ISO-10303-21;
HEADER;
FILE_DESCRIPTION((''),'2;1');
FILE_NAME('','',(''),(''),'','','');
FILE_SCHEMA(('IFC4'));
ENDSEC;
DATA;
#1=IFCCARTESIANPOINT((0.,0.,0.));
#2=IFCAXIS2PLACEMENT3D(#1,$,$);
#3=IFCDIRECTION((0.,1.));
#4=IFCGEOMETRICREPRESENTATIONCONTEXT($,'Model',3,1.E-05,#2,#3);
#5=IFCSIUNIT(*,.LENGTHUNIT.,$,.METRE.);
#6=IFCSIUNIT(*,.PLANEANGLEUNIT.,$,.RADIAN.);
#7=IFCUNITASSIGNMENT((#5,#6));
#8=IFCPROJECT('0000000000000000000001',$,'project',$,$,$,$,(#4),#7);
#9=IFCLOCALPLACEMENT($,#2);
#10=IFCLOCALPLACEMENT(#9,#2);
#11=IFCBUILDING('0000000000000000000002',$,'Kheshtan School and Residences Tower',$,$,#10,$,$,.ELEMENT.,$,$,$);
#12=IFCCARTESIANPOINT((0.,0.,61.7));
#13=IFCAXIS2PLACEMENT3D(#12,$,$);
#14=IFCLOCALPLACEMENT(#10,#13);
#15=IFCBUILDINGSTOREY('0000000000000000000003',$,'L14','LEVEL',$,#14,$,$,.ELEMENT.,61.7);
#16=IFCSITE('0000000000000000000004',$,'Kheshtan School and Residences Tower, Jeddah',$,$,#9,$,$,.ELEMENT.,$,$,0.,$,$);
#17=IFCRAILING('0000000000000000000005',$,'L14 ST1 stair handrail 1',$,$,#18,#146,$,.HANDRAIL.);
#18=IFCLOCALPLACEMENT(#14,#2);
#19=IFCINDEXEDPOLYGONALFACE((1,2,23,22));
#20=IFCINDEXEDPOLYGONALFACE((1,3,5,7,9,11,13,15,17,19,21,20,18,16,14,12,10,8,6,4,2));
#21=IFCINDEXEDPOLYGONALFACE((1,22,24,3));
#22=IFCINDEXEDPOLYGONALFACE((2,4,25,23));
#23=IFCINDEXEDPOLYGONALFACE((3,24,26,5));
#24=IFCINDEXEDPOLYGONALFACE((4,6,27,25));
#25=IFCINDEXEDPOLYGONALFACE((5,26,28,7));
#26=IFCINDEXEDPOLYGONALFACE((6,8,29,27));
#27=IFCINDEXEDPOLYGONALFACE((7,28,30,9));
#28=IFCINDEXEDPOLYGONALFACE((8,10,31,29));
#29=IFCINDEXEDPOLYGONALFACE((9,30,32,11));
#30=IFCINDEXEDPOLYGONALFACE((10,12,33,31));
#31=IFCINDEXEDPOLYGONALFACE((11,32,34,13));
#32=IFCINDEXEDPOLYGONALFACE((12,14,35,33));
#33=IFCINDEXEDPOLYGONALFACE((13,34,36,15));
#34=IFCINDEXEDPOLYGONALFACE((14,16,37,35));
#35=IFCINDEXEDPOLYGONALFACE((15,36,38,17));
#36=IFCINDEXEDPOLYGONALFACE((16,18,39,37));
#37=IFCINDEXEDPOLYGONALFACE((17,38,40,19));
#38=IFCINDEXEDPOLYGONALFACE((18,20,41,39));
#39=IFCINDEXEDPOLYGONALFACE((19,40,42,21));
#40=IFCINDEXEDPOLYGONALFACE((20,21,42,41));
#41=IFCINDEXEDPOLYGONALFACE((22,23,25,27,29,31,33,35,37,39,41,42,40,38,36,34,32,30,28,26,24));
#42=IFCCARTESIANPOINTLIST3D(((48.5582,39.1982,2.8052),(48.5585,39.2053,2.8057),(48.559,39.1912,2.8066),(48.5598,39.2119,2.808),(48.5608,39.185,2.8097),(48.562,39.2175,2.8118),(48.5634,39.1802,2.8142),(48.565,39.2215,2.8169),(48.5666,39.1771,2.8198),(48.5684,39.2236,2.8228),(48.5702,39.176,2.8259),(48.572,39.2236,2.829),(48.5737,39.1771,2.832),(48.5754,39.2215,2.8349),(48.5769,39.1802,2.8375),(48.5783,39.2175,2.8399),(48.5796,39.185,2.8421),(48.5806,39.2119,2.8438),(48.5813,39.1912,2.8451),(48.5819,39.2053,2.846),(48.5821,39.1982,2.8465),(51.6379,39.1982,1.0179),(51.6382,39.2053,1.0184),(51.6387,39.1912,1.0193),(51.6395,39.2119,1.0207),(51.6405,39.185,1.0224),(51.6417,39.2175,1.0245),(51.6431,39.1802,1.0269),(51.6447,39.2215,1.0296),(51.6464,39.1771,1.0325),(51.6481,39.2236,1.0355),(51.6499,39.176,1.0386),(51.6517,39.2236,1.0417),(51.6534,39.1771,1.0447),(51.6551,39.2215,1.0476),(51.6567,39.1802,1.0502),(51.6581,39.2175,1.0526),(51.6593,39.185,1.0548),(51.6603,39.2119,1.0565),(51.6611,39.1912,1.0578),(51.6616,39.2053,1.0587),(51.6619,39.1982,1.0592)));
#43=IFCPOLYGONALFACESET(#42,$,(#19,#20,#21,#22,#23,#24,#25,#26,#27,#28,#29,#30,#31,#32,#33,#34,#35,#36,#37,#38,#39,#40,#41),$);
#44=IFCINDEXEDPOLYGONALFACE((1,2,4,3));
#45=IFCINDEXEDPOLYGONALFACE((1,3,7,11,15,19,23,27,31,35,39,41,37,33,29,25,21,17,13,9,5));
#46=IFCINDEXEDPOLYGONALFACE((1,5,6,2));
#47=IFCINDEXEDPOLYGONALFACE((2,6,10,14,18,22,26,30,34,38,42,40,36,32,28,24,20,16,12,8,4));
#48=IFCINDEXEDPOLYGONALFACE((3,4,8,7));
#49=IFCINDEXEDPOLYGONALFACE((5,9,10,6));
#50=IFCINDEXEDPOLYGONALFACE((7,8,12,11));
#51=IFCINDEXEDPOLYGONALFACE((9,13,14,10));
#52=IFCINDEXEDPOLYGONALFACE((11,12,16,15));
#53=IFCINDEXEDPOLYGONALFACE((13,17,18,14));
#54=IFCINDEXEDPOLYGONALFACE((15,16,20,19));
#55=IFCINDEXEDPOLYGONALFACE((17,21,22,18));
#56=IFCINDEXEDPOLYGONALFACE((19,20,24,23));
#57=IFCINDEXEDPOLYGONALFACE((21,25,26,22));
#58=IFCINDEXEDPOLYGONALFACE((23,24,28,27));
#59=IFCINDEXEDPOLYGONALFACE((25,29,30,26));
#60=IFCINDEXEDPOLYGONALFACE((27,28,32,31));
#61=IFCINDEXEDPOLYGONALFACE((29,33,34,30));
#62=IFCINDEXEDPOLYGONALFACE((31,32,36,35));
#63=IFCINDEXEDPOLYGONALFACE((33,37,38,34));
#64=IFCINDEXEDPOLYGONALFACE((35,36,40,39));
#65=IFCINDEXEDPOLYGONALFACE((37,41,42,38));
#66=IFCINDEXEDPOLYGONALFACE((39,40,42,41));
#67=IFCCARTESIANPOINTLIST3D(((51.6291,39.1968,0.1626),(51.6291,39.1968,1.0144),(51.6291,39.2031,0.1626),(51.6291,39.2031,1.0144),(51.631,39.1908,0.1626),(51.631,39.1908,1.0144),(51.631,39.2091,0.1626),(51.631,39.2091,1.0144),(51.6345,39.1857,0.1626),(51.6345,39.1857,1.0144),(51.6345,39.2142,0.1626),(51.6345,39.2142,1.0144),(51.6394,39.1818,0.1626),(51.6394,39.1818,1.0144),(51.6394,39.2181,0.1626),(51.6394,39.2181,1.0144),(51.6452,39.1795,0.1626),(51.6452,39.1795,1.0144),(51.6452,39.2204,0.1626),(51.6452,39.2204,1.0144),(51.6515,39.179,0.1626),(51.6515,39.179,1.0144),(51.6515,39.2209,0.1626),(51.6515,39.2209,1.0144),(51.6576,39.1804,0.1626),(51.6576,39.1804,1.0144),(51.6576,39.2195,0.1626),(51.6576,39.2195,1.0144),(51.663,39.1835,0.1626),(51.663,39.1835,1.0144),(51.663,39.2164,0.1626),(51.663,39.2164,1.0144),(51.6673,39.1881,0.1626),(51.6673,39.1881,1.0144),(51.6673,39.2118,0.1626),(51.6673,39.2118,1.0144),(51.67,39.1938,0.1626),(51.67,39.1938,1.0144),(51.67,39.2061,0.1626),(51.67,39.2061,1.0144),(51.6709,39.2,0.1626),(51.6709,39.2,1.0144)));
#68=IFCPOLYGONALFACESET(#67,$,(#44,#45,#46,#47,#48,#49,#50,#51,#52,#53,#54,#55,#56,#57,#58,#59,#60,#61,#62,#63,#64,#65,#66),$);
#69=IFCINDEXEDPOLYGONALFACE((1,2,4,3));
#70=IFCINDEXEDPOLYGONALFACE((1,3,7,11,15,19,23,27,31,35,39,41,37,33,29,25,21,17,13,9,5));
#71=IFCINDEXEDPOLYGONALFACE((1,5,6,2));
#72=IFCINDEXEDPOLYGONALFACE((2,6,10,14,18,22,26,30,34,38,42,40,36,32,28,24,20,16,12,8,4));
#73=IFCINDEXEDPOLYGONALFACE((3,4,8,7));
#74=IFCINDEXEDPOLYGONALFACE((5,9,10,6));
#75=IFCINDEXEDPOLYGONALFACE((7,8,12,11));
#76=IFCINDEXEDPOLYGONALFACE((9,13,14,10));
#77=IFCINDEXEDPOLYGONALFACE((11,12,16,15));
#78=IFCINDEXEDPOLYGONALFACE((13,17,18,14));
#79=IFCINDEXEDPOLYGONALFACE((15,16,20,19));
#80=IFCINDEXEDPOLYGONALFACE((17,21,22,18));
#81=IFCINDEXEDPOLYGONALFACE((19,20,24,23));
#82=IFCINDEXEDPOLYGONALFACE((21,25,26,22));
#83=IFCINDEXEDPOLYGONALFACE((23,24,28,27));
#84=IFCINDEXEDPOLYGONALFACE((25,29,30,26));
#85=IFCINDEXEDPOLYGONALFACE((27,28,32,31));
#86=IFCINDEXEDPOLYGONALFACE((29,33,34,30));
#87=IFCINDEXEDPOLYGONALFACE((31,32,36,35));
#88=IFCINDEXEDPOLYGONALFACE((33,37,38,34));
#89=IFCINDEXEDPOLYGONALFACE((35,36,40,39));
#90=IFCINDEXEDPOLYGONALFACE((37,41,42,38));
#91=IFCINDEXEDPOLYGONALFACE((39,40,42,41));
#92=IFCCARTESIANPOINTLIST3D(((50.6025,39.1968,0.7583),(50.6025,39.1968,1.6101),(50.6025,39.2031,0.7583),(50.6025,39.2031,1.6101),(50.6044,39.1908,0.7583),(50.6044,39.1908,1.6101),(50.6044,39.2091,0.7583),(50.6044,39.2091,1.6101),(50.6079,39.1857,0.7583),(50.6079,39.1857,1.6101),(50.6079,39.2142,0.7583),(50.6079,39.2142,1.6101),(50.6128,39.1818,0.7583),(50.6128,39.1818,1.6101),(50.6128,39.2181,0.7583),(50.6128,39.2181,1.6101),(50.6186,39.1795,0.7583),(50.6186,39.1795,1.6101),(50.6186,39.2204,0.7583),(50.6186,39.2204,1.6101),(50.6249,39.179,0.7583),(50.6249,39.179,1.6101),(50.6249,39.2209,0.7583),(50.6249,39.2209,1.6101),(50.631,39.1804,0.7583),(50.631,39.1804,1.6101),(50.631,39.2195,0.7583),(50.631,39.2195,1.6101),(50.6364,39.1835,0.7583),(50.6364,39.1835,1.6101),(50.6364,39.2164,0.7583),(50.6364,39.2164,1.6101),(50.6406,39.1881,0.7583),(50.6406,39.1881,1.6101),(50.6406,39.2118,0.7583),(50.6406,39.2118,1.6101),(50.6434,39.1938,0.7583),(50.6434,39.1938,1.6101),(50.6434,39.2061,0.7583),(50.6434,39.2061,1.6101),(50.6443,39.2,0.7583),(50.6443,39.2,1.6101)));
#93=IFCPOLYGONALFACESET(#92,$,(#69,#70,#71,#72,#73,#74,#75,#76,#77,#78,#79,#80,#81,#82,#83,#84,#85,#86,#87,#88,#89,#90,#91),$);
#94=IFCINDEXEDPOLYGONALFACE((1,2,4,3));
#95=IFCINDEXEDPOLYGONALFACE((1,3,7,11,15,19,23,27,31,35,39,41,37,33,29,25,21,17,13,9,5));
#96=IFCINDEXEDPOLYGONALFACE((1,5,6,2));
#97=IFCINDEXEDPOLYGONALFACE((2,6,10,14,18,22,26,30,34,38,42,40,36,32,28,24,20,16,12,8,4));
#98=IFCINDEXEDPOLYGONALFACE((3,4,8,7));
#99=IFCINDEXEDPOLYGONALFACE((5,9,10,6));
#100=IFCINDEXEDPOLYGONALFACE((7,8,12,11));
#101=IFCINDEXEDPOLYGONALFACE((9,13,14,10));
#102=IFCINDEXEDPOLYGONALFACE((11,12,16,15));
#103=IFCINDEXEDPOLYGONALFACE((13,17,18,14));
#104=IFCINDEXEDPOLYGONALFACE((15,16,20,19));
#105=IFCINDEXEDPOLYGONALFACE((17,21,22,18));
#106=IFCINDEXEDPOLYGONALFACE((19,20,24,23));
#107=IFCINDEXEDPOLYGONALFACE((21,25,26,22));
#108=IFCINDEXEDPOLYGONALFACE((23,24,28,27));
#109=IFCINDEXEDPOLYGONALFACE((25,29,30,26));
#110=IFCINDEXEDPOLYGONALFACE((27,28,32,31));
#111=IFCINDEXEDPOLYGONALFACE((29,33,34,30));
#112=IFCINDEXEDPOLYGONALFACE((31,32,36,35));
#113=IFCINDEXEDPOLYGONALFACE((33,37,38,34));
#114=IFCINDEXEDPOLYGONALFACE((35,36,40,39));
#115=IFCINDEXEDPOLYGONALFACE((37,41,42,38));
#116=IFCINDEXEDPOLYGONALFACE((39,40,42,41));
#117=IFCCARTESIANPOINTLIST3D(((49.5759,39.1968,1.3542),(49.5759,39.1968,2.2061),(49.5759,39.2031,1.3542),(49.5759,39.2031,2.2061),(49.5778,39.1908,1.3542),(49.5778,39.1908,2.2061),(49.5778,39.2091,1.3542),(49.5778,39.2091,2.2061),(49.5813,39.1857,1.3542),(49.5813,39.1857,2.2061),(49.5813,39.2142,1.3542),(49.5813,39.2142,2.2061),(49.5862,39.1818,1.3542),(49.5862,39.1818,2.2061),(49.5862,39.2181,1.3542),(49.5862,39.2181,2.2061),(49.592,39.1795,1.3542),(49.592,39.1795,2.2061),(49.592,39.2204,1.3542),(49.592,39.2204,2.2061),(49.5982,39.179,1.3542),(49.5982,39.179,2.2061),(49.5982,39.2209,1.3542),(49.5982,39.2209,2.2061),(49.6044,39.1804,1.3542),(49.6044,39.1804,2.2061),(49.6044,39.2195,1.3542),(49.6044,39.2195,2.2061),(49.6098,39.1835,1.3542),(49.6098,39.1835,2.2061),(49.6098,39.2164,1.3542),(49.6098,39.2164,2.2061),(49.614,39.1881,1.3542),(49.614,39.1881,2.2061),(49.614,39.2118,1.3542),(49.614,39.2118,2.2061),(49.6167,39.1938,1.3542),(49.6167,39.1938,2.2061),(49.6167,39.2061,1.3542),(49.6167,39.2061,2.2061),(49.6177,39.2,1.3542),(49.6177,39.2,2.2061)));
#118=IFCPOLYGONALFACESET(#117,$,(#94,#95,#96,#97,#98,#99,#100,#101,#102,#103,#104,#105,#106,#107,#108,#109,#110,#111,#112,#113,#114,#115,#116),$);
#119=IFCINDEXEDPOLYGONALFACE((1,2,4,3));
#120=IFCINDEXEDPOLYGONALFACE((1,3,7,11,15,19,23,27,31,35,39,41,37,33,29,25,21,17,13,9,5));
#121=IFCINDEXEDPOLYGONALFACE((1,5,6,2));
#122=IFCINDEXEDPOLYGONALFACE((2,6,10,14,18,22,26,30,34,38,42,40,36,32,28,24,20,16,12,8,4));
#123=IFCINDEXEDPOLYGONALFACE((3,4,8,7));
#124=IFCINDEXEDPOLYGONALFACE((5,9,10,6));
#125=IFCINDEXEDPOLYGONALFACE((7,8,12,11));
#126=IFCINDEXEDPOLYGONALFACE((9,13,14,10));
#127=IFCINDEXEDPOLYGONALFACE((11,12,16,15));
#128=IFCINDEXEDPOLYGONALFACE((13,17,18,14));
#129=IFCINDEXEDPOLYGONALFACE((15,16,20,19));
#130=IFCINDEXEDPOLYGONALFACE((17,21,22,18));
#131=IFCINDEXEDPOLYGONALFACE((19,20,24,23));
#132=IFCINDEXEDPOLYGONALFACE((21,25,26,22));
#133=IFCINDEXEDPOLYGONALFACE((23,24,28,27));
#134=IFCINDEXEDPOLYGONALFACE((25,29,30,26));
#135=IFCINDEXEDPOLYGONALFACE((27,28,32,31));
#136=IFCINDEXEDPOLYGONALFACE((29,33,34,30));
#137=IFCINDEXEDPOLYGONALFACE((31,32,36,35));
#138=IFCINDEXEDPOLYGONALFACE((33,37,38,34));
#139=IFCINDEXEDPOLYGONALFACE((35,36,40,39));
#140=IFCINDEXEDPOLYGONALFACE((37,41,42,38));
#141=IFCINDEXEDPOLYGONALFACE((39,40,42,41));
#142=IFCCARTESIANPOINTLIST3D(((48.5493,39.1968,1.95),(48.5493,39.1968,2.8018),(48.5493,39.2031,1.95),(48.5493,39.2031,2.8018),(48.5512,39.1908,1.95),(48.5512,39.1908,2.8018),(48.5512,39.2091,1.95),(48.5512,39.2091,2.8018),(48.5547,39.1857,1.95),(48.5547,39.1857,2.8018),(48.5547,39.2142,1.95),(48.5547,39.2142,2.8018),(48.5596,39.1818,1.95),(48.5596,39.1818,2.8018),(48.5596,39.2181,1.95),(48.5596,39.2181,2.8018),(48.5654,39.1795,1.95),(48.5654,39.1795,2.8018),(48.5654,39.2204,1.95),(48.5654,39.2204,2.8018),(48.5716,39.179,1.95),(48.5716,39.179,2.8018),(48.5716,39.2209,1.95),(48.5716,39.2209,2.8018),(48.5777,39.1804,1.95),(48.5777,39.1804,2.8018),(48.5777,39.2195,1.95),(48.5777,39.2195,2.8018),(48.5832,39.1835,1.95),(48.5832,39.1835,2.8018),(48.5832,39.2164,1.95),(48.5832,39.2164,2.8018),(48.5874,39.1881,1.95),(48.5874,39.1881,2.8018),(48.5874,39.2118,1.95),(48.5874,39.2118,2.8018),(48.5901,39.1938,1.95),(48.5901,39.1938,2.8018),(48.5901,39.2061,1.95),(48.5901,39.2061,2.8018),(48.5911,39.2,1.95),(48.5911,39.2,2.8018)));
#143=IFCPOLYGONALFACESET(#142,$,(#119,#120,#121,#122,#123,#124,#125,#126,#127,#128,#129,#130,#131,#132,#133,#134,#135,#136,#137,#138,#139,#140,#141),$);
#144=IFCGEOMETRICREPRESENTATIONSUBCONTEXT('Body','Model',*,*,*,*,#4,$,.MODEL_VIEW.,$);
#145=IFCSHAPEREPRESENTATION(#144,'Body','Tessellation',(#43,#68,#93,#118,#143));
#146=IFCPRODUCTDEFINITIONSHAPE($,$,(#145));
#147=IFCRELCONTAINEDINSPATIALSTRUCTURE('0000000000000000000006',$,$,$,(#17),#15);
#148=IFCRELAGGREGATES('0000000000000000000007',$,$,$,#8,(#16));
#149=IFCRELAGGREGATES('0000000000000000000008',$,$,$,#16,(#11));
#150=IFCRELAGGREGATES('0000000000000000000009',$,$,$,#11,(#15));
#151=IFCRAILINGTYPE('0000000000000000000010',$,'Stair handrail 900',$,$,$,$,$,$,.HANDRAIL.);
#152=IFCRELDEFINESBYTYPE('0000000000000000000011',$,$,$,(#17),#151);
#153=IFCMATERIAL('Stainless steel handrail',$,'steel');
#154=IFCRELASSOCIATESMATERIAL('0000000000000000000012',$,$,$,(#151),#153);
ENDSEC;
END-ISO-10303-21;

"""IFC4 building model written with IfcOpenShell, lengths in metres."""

from ifc_helpers import new_model, si_unit, direction, frame, origin, origin_2d, place, context, subcontext, project, spatial, circle, extrude, material, type_object, element, save


model = new_model("IFC4")

# Units and contexts
model_context = context("Model", 3, precision=1e-05, world=origin(), true_north=direction((0.0, 1.0)))
body_context = subcontext(model_context, "Body", "Model", "MODEL_VIEW")
ifc_project = project(units=[si_unit("LENGTHUNIT", "METRE"), si_unit("PLANEANGLEUNIT", "RADIAN")], contexts=[model_context])

# Site, building, storey
site_placement = place(None, origin())
site = spatial("IfcSite", under=ifc_project, at=site_placement, Name="Kheshtan School and Residences Tower, Jeddah", CompositionType="ELEMENT", RefElevation=0.0)
building_placement = place(site_placement, origin())
building = spatial("IfcBuilding", under=site, at=building_placement, Name="Kheshtan School and Residences Tower", CompositionType="ELEMENT")
storey_placement = place(building_placement, frame((0.0, 0.0, 61.7)))
storey = spatial("IfcBuildingStorey", under=building, at=storey_placement, Name="L14", Description="LEVEL", CompositionType="ELEMENT", Elevation=61.7)

# Railing
ifc_material_1 = material(Name="Stainless steel handrail", Category="steel")
railing_type_1 = type_object("IfcRailingType", Name="Stair handrail 900", PredefinedType="HANDRAIL", material=ifc_material_1)
railing_1_placement = place(storey_placement, frame((51.6499, 39.2, 0.1626)))
element("IfcRailing", 1, at=railing_1_placement, inside=storey, type_object=railing_type_1, Name="L14 ST1 stair handrail 1", PredefinedType="HANDRAIL", context=body_context, shape_type="SweptSolid", body=[
    extrude(circle(Radius=0.0239, at=origin_2d()), frame((0.0, 0.0, 0.876), z_axis=(-0.864903, 0.0, 0.501939), x_axis=(0.0, -1.0, 0.0)), (0.0, 0.0, 1.0), 3.5608),
    extrude(circle(Radius=0.021, at=origin_2d()), origin(), (0.0, 0.0, 1.0), 0.8518),
    extrude(circle(Radius=0.021, at=origin_2d()), frame((-1.0266, 0.0, 0.5957)), (0.0, 0.0, 1.0), 0.8518),
    extrude(circle(Radius=0.021, at=origin_2d()), frame((-2.0532, 0.0, 1.1917)), (0.0, 0.0, 1.0), 0.8518),
    extrude(circle(Radius=0.021, at=origin_2d()), frame((-3.0798, 0.0, 1.7874)), (0.0, 0.0, 1.0), 0.8518),
])

save(model, "model.ifc")
